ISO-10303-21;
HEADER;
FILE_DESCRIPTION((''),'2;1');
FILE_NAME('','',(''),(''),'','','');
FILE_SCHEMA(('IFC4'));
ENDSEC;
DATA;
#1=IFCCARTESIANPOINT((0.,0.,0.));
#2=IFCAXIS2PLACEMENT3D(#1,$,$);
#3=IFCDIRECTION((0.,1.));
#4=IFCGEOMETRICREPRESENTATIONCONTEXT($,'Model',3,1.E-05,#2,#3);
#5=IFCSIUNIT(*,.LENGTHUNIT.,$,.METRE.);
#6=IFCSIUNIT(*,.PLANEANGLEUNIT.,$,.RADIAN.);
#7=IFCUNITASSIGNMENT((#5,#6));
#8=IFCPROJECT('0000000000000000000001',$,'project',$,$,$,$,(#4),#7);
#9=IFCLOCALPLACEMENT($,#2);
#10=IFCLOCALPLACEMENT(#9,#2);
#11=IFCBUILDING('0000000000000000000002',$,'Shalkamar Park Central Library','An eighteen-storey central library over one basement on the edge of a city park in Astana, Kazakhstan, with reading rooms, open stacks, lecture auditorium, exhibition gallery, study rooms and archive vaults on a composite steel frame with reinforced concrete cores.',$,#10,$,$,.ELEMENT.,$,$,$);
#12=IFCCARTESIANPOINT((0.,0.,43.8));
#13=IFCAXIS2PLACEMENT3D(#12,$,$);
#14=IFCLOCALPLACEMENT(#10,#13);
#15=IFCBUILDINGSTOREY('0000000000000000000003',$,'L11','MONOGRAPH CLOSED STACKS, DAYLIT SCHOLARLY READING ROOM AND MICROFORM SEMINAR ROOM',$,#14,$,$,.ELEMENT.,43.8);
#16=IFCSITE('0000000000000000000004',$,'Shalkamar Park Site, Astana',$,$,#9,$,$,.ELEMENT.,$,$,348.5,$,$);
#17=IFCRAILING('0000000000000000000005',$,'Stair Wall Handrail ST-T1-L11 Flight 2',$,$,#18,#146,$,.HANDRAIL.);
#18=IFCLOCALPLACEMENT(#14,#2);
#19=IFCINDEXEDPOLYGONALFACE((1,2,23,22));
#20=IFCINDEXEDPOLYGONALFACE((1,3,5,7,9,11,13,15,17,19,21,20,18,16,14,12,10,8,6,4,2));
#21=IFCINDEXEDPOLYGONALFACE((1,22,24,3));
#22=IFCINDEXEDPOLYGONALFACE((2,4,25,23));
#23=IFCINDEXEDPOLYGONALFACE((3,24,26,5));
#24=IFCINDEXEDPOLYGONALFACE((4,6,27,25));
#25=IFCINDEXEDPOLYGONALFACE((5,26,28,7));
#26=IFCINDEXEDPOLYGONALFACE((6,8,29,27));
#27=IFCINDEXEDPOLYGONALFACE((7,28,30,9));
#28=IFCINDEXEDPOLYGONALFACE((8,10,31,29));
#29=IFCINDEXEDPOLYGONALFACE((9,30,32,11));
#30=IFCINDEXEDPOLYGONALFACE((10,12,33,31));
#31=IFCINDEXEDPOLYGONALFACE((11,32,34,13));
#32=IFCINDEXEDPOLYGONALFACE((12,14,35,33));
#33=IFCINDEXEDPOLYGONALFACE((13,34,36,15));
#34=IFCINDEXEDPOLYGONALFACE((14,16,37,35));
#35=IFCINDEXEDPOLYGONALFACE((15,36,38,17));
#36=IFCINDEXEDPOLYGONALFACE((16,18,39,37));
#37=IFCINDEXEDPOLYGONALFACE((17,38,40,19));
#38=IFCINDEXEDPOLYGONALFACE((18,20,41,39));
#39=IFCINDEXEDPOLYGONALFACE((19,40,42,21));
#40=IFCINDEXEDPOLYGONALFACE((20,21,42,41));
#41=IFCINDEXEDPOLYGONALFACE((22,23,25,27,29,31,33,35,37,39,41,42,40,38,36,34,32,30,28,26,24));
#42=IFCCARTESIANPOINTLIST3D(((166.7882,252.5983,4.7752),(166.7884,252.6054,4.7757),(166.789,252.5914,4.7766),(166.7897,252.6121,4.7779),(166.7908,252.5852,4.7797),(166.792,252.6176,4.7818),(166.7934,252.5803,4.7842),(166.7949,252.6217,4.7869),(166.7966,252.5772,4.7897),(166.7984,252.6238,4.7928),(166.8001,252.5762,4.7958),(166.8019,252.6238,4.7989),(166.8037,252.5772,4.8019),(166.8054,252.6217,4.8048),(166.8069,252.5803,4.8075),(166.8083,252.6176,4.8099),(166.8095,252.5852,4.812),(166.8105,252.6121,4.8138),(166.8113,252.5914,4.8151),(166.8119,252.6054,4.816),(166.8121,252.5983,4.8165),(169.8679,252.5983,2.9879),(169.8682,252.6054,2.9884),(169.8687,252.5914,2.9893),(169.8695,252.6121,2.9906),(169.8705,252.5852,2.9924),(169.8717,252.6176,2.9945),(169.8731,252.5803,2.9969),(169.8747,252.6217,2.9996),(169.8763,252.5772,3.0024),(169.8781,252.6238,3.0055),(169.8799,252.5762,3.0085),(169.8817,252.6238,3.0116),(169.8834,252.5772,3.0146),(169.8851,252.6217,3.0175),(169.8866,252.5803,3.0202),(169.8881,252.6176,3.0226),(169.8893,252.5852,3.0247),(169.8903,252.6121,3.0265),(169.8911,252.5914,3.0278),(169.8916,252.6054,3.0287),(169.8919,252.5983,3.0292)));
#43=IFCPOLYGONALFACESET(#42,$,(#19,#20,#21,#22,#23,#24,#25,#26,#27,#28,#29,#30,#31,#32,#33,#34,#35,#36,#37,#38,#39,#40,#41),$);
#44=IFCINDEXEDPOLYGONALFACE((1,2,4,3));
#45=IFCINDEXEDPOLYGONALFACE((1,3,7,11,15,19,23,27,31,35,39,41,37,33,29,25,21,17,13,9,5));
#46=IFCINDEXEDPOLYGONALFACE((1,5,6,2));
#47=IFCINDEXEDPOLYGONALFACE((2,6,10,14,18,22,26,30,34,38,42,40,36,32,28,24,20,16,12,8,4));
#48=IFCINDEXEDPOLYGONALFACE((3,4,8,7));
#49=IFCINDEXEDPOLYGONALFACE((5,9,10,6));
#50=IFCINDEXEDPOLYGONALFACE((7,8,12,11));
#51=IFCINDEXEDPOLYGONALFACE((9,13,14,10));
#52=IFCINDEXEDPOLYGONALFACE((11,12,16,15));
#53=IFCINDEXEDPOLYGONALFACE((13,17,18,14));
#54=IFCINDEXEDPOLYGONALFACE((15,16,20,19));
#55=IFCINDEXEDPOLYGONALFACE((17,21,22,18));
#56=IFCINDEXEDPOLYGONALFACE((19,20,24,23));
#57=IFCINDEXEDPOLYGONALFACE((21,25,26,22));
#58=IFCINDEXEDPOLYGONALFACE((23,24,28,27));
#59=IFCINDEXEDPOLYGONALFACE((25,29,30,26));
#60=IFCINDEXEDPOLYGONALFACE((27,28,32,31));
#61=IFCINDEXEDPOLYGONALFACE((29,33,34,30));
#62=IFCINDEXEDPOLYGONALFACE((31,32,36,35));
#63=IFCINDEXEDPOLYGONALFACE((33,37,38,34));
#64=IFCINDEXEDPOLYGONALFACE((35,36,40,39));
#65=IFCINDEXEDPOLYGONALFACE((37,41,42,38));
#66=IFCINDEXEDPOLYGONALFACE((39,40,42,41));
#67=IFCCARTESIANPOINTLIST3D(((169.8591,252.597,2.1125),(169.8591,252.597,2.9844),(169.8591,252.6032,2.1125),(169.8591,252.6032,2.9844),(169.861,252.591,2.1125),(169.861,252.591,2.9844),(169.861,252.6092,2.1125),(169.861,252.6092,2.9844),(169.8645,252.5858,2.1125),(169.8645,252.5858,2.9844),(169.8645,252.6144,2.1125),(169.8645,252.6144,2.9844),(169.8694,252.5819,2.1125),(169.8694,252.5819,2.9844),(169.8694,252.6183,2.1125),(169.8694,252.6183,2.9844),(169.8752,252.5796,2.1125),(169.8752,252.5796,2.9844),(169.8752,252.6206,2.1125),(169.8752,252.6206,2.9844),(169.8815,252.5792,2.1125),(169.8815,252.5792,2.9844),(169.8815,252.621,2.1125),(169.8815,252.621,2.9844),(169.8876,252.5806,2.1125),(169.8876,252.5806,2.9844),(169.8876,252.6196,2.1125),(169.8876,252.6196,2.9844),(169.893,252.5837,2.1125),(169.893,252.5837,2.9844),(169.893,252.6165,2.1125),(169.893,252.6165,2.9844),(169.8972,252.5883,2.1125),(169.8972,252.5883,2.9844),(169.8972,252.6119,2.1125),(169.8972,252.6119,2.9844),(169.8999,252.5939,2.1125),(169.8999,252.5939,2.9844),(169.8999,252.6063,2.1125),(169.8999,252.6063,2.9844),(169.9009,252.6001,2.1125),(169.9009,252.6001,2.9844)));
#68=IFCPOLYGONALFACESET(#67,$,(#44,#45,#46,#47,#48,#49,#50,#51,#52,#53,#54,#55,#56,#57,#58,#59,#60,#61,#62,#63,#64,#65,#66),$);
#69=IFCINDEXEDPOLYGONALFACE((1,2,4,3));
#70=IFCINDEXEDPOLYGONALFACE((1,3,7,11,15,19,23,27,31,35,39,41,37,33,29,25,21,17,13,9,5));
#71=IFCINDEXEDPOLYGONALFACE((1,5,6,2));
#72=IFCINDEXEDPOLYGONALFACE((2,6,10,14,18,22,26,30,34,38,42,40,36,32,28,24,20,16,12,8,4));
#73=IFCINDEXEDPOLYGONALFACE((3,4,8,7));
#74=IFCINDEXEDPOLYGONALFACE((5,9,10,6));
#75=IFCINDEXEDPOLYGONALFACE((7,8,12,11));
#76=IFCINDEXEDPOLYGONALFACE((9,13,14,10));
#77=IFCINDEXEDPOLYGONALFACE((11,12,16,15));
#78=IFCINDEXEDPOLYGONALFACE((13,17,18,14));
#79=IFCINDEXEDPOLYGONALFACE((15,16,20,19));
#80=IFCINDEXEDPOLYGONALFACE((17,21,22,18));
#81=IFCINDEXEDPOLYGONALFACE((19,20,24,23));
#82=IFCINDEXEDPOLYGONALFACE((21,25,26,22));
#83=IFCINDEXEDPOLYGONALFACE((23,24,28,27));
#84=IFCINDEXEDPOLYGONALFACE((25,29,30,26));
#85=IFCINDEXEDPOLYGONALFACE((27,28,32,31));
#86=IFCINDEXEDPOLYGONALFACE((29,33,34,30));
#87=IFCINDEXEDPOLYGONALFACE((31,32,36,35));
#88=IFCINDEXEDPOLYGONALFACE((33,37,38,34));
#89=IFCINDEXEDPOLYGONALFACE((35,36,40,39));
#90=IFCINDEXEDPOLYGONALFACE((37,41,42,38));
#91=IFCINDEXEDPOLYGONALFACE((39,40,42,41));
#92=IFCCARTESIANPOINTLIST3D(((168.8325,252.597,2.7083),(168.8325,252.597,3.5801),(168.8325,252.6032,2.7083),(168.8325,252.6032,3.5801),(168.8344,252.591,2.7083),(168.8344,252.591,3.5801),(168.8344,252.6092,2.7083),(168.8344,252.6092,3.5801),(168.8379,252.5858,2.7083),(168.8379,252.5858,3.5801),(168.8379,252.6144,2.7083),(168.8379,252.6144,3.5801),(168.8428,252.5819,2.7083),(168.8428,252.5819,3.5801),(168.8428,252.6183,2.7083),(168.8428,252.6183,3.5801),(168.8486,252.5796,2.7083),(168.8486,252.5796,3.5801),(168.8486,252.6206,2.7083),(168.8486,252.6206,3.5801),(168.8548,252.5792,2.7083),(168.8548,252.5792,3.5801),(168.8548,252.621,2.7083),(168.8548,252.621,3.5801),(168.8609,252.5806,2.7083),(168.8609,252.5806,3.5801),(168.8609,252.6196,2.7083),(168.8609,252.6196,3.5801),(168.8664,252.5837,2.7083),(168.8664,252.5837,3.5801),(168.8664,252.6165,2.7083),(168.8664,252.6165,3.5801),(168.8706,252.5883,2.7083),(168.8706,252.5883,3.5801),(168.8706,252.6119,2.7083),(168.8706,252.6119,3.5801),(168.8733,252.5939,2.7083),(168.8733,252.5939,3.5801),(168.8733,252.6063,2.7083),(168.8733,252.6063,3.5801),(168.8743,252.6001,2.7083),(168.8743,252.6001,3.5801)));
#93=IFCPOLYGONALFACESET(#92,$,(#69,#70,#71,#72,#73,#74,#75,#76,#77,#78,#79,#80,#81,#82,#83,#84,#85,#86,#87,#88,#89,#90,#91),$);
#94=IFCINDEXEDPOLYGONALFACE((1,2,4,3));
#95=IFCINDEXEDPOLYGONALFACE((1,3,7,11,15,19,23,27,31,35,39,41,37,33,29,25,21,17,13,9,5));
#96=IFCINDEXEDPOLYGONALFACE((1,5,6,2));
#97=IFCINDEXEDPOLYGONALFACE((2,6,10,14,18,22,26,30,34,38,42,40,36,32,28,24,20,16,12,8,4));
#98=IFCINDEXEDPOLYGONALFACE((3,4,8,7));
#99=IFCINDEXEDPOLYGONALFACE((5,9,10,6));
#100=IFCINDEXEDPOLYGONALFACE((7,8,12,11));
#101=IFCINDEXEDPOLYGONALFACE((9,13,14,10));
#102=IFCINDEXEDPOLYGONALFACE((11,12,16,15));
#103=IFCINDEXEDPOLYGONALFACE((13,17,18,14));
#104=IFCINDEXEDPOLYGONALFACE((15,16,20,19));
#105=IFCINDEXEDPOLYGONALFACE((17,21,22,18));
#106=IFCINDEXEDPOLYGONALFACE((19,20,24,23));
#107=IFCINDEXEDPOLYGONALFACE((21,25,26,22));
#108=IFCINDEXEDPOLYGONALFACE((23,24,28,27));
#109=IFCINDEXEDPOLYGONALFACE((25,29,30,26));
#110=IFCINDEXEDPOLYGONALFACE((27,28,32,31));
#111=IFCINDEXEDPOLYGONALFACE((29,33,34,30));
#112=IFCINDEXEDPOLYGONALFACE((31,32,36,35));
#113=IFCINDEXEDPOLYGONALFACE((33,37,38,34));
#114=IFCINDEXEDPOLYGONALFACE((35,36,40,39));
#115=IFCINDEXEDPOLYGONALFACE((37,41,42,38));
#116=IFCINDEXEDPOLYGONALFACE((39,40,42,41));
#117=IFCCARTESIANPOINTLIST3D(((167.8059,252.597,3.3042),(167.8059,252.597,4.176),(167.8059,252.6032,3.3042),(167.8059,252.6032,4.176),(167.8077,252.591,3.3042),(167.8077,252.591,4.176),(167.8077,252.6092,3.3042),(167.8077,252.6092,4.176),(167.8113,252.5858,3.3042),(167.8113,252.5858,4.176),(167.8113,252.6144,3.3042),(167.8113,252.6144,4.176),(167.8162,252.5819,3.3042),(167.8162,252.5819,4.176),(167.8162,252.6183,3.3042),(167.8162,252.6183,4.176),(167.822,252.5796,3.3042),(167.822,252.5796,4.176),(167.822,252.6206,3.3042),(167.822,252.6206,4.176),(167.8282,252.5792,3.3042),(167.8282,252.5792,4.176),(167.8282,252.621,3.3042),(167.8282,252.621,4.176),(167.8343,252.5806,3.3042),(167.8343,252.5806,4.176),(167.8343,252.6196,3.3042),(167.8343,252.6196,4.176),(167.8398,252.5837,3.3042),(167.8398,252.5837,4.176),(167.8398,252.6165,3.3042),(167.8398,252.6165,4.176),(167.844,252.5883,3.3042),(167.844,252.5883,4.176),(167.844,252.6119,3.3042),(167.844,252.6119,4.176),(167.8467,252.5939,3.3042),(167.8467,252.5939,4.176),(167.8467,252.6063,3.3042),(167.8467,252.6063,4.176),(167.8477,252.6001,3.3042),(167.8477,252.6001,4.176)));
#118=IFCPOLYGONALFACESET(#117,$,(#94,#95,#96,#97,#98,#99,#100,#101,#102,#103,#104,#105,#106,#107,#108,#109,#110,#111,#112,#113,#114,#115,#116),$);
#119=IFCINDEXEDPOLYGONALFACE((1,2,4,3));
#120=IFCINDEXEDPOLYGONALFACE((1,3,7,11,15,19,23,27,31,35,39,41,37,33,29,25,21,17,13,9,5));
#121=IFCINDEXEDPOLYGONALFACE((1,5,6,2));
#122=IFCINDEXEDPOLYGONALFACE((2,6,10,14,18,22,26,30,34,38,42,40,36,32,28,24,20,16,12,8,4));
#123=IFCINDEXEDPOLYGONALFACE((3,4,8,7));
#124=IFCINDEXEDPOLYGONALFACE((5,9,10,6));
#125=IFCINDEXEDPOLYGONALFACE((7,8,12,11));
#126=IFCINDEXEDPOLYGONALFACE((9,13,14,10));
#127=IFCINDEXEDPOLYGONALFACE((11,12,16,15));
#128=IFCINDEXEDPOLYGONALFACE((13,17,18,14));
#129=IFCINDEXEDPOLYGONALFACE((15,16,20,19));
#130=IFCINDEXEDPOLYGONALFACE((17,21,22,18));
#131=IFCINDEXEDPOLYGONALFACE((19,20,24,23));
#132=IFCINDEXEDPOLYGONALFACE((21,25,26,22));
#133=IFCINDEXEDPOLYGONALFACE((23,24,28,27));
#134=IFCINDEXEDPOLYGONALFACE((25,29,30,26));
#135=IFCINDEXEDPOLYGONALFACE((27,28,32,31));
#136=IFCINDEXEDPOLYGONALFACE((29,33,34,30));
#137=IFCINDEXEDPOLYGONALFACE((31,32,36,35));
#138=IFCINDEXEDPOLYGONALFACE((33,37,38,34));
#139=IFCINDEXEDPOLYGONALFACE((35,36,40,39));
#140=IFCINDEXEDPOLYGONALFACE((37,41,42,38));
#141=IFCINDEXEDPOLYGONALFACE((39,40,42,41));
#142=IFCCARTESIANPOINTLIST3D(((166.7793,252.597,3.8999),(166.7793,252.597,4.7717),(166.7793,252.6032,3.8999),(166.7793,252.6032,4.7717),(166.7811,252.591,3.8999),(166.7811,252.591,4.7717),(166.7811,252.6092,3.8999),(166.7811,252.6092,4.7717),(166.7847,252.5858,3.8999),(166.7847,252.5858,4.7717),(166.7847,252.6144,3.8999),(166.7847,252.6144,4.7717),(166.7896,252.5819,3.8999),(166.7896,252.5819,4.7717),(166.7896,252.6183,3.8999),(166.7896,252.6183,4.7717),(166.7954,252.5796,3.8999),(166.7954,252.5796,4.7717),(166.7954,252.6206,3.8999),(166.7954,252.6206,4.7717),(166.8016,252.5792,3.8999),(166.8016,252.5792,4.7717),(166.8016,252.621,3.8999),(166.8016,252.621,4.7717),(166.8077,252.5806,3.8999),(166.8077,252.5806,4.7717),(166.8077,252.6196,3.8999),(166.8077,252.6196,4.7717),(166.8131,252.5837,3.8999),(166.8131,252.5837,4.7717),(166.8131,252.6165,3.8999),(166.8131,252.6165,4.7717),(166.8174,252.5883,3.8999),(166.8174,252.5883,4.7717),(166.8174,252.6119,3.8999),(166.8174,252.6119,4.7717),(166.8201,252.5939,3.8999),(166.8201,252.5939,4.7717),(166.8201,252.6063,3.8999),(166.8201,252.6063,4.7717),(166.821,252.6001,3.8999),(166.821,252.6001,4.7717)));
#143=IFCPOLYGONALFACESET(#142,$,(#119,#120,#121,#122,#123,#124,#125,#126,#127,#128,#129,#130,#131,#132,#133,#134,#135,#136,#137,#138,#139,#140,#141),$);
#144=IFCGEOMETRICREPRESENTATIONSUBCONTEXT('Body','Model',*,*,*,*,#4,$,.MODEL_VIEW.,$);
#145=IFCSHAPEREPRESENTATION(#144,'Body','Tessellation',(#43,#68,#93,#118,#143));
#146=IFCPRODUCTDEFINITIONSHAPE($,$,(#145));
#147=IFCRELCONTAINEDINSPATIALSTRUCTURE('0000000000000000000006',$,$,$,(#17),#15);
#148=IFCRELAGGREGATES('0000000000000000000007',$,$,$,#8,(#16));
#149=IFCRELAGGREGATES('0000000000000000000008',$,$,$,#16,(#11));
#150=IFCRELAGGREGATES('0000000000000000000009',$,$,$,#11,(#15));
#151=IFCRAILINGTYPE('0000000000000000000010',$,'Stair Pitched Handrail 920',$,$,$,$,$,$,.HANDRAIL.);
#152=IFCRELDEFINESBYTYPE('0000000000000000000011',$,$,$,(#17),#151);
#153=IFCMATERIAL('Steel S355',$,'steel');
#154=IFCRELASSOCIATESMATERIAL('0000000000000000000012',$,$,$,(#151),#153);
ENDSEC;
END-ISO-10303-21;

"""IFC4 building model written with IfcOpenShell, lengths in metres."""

from ifc_helpers import new_model, si_unit, direction, frame, origin, origin_2d, place, context, subcontext, project, spatial, circle, extrude, material, type_object, element, save


model = new_model("IFC4")

# Units and contexts
model_context = context("Model", 3, precision=1e-05, world=origin(), true_north=direction((0.0, 1.0)))
body_context = subcontext(model_context, "Body", "Model", "MODEL_VIEW")
ifc_project = project(units=[si_unit("LENGTHUNIT", "METRE"), si_unit("PLANEANGLEUNIT", "RADIAN")], contexts=[model_context])

# Site, building, storey
site_placement = place(None, origin())
site = spatial("IfcSite", under=ifc_project, at=site_placement, Name="Shalkamar Park Site, Astana", CompositionType="ELEMENT", RefElevation=348.5)
building_placement = place(site_placement, origin())
building = spatial("IfcBuilding", under=site, at=building_placement, Name="Shalkamar Park Central Library", Description="An eighteen-storey central library over one basement on the edge of a city park in Astana, Kazakhstan, with reading rooms, open stacks, lecture auditorium, exhibition gallery, study rooms and archive vaults on a composite steel frame with reinforced concrete cores.", CompositionType="ELEMENT")
storey_placement = place(building_placement, frame((0.0, 0.0, 43.8)))
storey = spatial("IfcBuildingStorey", under=building, at=storey_placement, Name="L11", Description="MONOGRAPH CLOSED STACKS, DAYLIT SCHOLARLY READING ROOM AND MICROFORM SEMINAR ROOM", CompositionType="ELEMENT", Elevation=43.8)

# Shared definitions
ifc_material_1 = material(Name="Steel S355", Category="steel")

# Railing
railing_type_1 = type_object("IfcRailingType", Name="Stair Pitched Handrail 920", PredefinedType="HANDRAIL", material=ifc_material_1)
railing_1_placement = place(storey_placement, frame((169.8799, 252.6001, 2.1125)))
element("IfcRailing", 1, at=railing_1_placement, inside=storey, type_object=railing_type_1, Name="Stair Wall Handrail ST-T1-L11 Flight 2", PredefinedType="HANDRAIL", context=body_context, shape_type="SweptSolid", body=[
    extrude(circle(Radius=0.0239, at=origin_2d()), frame((0.0, 0.0, 0.896), z_axis=(-0.864903, 0.0, 0.501939), x_axis=(0.0, -1.0, 0.0)), (0.0, 0.0, 1.0), 3.5608),
    extrude(circle(Radius=0.021, at=origin_2d()), origin(), (0.0, 0.0, 1.0), 0.8718),
    extrude(circle(Radius=0.021, at=origin_2d()), frame((-1.0266, 0.0, 0.5957)), (0.0, 0.0, 1.0), 0.8718),
    extrude(circle(Radius=0.021, at=origin_2d()), frame((-2.0532, 0.0, 1.1917)), (0.0, 0.0, 1.0), 0.8718),
    extrude(circle(Radius=0.021, at=origin_2d()), frame((-3.0798, 0.0, 1.7874)), (0.0, 0.0, 1.0), 0.8718),
])

save(model, "model.ifc")
